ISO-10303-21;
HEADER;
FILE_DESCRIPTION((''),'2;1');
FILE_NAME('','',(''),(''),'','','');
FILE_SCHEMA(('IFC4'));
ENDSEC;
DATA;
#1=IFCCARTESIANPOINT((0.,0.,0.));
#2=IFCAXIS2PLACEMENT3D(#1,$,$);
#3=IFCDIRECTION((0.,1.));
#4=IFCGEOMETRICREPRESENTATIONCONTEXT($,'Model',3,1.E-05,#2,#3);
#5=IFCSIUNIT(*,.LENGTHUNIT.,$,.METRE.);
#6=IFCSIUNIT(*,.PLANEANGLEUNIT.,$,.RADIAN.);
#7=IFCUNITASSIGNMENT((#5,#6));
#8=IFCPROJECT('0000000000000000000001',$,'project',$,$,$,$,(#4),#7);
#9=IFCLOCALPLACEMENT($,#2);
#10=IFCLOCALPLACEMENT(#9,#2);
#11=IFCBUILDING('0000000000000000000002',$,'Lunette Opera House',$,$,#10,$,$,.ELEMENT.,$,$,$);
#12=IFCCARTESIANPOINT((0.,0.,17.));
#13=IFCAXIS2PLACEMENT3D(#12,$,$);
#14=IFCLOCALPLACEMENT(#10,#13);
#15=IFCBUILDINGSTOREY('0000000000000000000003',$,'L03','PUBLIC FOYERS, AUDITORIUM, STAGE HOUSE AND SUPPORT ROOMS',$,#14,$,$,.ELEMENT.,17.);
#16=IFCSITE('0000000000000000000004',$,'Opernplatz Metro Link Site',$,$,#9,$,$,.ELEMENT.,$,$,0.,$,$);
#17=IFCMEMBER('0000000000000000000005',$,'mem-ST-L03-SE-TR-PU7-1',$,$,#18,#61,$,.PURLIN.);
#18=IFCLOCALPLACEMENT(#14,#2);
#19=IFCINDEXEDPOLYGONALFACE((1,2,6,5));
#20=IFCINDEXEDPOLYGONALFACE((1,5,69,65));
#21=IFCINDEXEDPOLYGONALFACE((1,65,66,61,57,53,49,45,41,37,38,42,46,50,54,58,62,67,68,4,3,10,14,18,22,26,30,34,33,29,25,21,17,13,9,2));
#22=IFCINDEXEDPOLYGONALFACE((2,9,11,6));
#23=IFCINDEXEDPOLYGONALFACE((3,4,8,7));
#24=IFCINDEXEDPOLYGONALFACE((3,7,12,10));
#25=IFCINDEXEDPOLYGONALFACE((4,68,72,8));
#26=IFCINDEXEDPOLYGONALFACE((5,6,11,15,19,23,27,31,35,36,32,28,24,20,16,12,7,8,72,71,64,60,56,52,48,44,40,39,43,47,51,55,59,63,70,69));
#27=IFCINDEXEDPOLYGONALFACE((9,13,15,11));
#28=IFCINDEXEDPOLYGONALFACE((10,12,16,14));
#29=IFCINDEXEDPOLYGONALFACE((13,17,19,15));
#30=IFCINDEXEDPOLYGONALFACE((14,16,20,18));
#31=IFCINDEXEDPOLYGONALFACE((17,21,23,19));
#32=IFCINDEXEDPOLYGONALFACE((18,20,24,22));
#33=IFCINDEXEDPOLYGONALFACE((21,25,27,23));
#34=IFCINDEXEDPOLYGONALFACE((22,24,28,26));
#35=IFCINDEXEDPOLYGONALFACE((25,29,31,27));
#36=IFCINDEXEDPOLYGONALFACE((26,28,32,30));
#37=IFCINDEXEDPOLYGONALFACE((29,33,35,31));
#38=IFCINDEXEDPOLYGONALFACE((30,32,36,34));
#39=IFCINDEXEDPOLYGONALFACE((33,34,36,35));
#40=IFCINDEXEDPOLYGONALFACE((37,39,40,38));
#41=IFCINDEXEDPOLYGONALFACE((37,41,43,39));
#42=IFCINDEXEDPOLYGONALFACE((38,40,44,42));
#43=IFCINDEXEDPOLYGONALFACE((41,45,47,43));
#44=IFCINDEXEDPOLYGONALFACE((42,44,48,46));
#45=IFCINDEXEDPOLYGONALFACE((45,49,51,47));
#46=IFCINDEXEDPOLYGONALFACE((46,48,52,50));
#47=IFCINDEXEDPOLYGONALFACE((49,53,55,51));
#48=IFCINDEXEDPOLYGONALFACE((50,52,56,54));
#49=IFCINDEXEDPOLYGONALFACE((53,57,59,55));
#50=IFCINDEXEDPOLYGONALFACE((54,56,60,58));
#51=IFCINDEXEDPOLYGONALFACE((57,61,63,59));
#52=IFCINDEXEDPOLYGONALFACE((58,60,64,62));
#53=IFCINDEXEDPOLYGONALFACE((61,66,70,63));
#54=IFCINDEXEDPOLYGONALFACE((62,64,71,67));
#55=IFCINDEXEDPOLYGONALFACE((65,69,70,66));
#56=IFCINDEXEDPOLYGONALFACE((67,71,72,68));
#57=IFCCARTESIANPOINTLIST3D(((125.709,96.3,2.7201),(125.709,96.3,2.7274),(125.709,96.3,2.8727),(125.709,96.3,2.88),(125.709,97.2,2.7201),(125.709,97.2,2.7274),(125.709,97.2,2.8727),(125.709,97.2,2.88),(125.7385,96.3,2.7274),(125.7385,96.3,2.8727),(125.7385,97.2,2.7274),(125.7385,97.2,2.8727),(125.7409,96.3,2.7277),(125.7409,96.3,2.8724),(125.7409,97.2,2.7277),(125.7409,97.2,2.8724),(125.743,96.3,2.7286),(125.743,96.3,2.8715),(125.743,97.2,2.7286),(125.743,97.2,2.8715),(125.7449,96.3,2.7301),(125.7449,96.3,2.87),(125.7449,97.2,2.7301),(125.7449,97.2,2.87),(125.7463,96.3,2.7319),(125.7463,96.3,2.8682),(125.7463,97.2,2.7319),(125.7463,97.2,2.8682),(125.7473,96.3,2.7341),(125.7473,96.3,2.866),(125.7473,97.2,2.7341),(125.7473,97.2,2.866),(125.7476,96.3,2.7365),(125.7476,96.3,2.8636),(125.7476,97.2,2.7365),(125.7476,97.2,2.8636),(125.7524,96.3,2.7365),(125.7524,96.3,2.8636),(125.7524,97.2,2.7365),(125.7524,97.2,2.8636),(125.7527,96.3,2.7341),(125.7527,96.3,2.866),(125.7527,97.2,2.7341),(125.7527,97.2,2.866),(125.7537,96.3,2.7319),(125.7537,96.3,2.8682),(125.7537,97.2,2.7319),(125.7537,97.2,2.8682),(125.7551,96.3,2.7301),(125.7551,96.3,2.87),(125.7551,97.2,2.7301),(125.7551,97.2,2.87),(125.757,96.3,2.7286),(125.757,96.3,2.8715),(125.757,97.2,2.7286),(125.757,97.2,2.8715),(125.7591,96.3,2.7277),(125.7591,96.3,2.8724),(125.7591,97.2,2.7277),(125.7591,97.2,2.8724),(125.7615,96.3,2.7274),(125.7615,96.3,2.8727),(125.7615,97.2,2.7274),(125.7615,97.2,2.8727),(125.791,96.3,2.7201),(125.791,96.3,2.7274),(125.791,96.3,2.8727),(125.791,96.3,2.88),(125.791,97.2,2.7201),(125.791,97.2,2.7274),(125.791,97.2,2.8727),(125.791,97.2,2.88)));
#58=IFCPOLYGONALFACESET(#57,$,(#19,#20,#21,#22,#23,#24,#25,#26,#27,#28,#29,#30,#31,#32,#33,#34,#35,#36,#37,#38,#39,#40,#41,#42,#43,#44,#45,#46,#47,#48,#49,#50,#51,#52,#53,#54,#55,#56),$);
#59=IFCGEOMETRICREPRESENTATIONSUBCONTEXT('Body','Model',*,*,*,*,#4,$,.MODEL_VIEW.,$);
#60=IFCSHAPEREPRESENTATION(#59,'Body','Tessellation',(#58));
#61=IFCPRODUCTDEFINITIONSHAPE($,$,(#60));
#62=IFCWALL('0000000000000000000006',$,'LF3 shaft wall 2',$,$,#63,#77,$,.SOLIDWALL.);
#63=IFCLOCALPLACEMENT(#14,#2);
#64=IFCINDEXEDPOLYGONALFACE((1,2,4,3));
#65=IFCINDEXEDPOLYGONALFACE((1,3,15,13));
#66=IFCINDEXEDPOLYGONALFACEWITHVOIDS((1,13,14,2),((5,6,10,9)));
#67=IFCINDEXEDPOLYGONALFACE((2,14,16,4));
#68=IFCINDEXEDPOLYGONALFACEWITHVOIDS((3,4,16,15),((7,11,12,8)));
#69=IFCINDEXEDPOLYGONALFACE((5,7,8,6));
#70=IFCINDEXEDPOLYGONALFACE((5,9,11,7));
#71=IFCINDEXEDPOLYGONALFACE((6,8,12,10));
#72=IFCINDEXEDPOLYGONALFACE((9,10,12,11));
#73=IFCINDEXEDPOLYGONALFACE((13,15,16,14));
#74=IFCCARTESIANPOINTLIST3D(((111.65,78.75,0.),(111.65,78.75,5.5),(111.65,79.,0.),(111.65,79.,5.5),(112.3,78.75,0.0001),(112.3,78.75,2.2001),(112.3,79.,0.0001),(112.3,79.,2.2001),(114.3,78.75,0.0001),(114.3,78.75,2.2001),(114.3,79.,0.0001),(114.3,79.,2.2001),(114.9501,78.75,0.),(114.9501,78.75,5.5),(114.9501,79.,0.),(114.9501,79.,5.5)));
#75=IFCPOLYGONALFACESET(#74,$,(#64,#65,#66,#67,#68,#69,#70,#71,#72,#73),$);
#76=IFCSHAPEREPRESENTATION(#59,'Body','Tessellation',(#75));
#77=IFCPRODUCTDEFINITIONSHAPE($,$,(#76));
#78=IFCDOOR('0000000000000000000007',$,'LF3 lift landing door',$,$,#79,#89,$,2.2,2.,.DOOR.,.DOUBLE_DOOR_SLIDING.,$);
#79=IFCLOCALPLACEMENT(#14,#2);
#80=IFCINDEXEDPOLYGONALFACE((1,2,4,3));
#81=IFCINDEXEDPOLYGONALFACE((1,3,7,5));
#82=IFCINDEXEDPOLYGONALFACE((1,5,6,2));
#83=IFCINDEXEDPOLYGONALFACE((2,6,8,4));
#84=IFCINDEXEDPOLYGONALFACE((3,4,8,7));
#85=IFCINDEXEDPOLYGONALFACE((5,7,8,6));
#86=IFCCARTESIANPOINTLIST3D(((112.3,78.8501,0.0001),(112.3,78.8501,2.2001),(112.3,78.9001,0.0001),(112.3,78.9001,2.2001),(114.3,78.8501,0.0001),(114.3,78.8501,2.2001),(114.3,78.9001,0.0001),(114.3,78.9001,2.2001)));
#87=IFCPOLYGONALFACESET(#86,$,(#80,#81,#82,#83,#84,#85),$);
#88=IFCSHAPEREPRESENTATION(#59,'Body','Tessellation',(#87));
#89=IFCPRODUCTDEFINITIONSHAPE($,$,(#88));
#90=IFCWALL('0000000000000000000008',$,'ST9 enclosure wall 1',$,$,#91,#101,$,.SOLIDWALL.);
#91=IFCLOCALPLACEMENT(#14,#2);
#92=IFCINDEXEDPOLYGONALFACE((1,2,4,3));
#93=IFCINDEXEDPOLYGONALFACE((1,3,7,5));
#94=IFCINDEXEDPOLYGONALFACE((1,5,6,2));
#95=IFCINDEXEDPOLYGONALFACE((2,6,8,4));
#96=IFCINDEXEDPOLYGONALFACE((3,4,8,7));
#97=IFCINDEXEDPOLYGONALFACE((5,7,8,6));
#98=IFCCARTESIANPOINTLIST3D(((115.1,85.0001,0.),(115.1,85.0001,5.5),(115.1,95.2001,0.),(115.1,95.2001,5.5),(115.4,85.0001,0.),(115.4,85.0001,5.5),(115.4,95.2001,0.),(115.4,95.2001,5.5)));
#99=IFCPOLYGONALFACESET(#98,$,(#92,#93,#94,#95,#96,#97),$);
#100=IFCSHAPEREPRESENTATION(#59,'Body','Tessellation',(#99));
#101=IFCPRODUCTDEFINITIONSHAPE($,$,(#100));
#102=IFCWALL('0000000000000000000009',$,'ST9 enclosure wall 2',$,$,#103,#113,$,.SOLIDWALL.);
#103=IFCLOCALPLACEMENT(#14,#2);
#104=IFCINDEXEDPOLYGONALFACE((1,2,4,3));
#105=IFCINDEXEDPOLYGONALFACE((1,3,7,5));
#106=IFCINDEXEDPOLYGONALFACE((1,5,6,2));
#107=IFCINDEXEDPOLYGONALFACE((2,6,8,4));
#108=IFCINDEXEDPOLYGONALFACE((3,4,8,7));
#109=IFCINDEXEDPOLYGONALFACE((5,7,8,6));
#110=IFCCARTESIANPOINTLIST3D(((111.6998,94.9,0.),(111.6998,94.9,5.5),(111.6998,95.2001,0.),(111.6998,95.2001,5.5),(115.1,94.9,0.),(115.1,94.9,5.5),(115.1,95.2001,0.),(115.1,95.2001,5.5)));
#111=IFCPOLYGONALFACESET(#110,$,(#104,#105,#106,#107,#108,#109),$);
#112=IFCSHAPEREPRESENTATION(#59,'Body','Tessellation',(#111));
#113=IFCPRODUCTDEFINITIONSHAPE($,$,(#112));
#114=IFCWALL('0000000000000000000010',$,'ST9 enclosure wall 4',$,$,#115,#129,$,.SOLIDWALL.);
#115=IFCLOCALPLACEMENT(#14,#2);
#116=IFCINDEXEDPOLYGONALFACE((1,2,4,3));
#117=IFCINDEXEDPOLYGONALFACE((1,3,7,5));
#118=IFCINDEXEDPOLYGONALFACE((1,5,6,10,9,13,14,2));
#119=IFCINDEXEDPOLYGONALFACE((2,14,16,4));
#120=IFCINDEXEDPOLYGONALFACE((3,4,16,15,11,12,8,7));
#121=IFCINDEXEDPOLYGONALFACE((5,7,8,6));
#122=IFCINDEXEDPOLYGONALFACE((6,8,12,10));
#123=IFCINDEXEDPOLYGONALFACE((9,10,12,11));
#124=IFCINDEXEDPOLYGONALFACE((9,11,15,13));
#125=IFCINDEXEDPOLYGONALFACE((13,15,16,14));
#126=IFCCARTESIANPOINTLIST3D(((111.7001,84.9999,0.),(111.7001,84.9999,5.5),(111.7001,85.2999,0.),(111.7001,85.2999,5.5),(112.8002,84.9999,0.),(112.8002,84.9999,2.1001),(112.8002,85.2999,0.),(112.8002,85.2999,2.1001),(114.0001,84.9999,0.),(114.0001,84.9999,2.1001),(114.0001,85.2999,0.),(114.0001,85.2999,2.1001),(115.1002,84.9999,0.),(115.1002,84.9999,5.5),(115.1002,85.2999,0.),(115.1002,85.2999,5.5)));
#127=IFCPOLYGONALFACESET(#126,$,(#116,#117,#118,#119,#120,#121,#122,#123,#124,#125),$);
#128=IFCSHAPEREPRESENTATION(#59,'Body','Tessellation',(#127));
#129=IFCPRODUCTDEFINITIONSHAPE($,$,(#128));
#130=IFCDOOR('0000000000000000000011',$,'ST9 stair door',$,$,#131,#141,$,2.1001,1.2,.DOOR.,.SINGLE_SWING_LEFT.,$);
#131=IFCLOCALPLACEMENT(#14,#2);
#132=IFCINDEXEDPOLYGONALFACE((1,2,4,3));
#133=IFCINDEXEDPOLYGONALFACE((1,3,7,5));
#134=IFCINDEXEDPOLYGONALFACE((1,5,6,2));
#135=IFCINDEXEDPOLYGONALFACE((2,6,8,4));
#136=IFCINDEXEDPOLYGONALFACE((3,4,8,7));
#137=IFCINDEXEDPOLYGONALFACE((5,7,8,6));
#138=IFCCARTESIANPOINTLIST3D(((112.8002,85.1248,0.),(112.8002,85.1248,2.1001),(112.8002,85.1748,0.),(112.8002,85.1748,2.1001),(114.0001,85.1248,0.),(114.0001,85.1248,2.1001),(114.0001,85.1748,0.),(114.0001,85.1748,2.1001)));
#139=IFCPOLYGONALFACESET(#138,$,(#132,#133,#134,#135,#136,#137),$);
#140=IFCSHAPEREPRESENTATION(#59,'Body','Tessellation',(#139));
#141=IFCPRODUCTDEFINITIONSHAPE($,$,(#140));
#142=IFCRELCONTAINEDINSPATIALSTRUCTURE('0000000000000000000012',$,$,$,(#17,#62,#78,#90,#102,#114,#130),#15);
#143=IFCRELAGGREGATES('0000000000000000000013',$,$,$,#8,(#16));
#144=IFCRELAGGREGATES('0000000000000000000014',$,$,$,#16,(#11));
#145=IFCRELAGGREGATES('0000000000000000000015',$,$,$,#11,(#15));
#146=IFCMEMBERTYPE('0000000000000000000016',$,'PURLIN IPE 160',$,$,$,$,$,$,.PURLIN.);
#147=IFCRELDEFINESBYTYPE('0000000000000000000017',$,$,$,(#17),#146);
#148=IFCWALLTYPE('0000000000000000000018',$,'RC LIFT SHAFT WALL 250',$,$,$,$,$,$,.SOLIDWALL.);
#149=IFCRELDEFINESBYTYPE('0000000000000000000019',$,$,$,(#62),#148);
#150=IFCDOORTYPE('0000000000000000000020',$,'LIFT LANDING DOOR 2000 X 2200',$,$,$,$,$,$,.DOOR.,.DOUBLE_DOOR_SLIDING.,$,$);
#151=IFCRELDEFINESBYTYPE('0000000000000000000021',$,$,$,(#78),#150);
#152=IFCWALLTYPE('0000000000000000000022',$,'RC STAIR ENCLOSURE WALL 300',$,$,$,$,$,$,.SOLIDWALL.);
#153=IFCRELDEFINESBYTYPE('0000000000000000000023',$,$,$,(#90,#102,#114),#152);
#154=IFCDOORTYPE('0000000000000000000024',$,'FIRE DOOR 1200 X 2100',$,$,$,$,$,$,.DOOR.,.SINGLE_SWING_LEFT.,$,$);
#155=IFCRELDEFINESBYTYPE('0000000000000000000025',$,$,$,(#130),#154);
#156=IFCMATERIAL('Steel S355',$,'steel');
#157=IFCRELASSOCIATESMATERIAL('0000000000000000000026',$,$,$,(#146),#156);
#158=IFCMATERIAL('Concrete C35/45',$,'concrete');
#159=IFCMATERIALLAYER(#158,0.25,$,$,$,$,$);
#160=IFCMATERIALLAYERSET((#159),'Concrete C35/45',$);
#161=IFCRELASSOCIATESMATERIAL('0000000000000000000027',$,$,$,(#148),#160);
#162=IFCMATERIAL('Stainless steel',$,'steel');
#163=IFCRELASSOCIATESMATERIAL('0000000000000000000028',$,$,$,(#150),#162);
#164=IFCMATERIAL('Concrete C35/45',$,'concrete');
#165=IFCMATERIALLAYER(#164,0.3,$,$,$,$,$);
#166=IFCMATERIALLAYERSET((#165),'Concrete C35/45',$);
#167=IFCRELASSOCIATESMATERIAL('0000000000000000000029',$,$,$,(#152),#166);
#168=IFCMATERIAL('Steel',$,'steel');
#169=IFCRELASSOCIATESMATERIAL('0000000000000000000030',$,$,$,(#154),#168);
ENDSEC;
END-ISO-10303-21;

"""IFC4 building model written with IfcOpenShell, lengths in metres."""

from ifc_helpers import new_model, si_unit, direction, frame, frame_2d, origin, origin_2d, place, context, subcontext, project, spatial, rectangle, i_section, extrude, material, layer, layer_set, material_profile, profile_set, type_object, element, fill, save


model = new_model("IFC4")

# Units and contexts
model_context = context("Model", 3, precision=1e-05, world=origin(), true_north=direction((0.0, 1.0)))
body_context = subcontext(model_context, "Body", "Model", "MODEL_VIEW")
ifc_project = project(units=[si_unit("LENGTHUNIT", "METRE"), si_unit("PLANEANGLEUNIT", "RADIAN")], contexts=[model_context])

# Site, building, storey
site_placement = place(None, origin())
site = spatial("IfcSite", under=ifc_project, at=site_placement, Name="Opernplatz Metro Link Site", CompositionType="ELEMENT", RefElevation=0.0)
building_placement = place(site_placement, origin())
building = spatial("IfcBuilding", under=site, at=building_placement, Name="Lunette Opera House", CompositionType="ELEMENT")
storey_placement = place(building_placement, frame((0.0, 0.0, 17.0)))
storey = spatial("IfcBuildingStorey", under=building, at=storey_placement, Name="L03", Description="PUBLIC FOYERS, AUDITORIUM, STAGE HOUSE AND SUPPORT ROOMS", CompositionType="ELEMENT", Elevation=17.0)

# Member
ifc_material_1 = material(Name="Steel S355", Category="steel")
ifc_material_profile = material_profile(ifc_material_1, i_section(OverallWidth=0.082, OverallDepth=0.1599, WebThickness=0.0049, FlangeThickness=0.0073, FilletRadius=0.009, at=origin_2d()), Name="IPE 160")
ifc_profile_set = profile_set([ifc_material_profile], Name="Steel S355")
member_type = type_object("IfcMemberType", Name="PURLIN IPE 160", PredefinedType="PURLIN", material=ifc_profile_set)
for number, where, z_axis, x_axis, name in (
    (1, (125.75, 96.3, 2.8), (0.0, 1.0, 0.0), (-1.0, 0.0, 0.0), "mem-ST-L03-SE-TR-PU7-1"),
):
    element("IfcMember", number, at=place(storey_placement, frame(where, z_axis=z_axis, x_axis=x_axis)), inside=storey, type_object=member_type, Name=name, PredefinedType="PURLIN", context=body_context, shape_type="SweptSolid", body=[
        extrude(i_section(OverallWidth=0.082, OverallDepth=0.1599, WebThickness=0.0049, FlangeThickness=0.0073, FilletRadius=0.009, at=origin_2d()), origin(), (0.0, 0.0, 1.0), 0.8999),
    ])

# Wall, opening, door
ifc_material_2 = material(Name="Concrete C35/45", Category="concrete")
ifc_layer_1 = layer(ifc_material_2, 0.25)
ifc_layer_set_1 = layer_set([ifc_layer_1], Name="Concrete C35/45")
wall_type_1 = type_object("IfcWallType", Name="RC LIFT SHAFT WALL 250", PredefinedType="SOLIDWALL", material=ifc_layer_set_1)
wall_1_placement = place(storey_placement, frame((114.95, 78.875, 0.0), z_axis=(0.0, 0.0, 1.0), x_axis=(-1.0, 0.0, 0.0)))
wall_1 = element("IfcWall", 2, at=wall_1_placement, inside=storey, type_object=wall_type_1, Name="LF3 shaft wall 2", PredefinedType="SOLIDWALL", context=body_context, shape_type="SweptSolid", body=[
    extrude(rectangle(XDim=3.3, YDim=0.25, at=frame_2d((1.6499, 0.0))), origin(), (0.0, 0.0, 1.0), 5.5),
])
opening_1_placement = place(wall_1_placement, frame((0.6499, 0.0, 0.0)))
opening_1 = element("IfcOpeningElement", 3, at=opening_1_placement, cuts=wall_1, PredefinedType="OPENING", context=body_context, shape_type="SweptSolid", body=[
    extrude(rectangle(XDim=2.0, YDim=2.2, at=frame_2d((1.0, 1.1001))), frame((0.0, 0.137, 0.0), z_axis=(0.0, -1.0, 0.0), x_axis=(1.0, 0.0, 0.0)), (0.0, 0.0, 1.0), 0.2739),
])
ifc_material_3 = material(Name="Stainless steel", Category="steel")
door_type_1 = type_object("IfcDoorType", Name="LIFT LANDING DOOR 2000 X 2200", OperationType="DOUBLE_DOOR_SLIDING", PredefinedType="DOOR", material=ifc_material_3)
door_1_placement = place(opening_1_placement, origin())
door_1 = element("IfcDoor", 4, at=door_1_placement, inside=storey, type_object=door_type_1, Name="LF3 lift landing door", OperationType="DOUBLE_DOOR_SLIDING", OverallHeight=2.2, OverallWidth=2.0, PredefinedType="DOOR", context=body_context, shape_type="SweptSolid", body=[
    extrude(rectangle(XDim=2.0, YDim=2.2, at=frame_2d((1.0, 1.1001))), frame((0.0, 0.0249, 0.0), z_axis=(0.0, -1.0, 0.0), x_axis=(1.0, 0.0, 0.0)), (0.0, 0.0, 1.0), 0.05),
])
fill(opening_1, door_1)

# Walls
ifc_material_4 = material(Name="Concrete C35/45", Category="concrete")
ifc_layer_2 = layer(ifc_material_4, 0.3)
ifc_layer_set_2 = layer_set([ifc_layer_2], Name="Concrete C35/45")
wall_type_2 = type_object("IfcWallType", Name="RC STAIR ENCLOSURE WALL 300", PredefinedType="SOLIDWALL", material=ifc_layer_set_2)
wall_2_placement = place(storey_placement, frame((115.25, 85.0, 0.0), z_axis=(0.0, 0.0, 1.0), x_axis=(0.0, 1.0, 0.0)))
element("IfcWall", 5, at=wall_2_placement, inside=storey, type_object=wall_type_2, Name="ST9 enclosure wall 1", PredefinedType="SOLIDWALL", context=body_context, shape_type="SweptSolid", body=[
    extrude(rectangle(XDim=10.2, YDim=0.3, at=frame_2d((5.1001, 0.0))), origin(), (0.0, 0.0, 1.0), 5.5),
])
wall_3_placement = place(storey_placement, frame((115.1001, 95.05, 0.0), z_axis=(0.0, 0.0, 1.0), x_axis=(-1.0, 0.0, 0.0)))
element("IfcWall", 6, at=wall_3_placement, inside=storey, type_object=wall_type_2, Name="ST9 enclosure wall 2", PredefinedType="SOLIDWALL", context=body_context, shape_type="SweptSolid", body=[
    extrude(rectangle(XDim=3.4001, YDim=0.3, at=frame_2d((1.7002, 0.0))), origin(), (0.0, 0.0, 1.0), 5.5),
])

# Wall, opening, door
wall_4_placement = place(storey_placement, frame((111.7, 85.1499, 0.0), z_axis=(0.0, 0.0, 1.0), x_axis=(1.0, 0.0, 0.0)))
wall_4 = element("IfcWall", 7, at=wall_4_placement, inside=storey, type_object=wall_type_2, Name="ST9 enclosure wall 4", PredefinedType="SOLIDWALL", context=body_context, shape_type="SweptSolid", body=[
    extrude(rectangle(XDim=3.4001, YDim=0.3, at=frame_2d((1.7002, 0.0))), origin(), (0.0, 0.0, 1.0), 5.5),
])
opening_2_placement = place(wall_4_placement, frame((1.1001, 0.0, 0.0)))
opening_2 = element("IfcOpeningElement", 8, at=opening_2_placement, cuts=wall_4, PredefinedType="OPENING", context=body_context, shape_type="SweptSolid", body=[
    extrude(rectangle(XDim=1.2, YDim=2.1001, at=frame_2d((0.6001, 1.05))), frame((0.0, 0.1621, 0.0), z_axis=(0.0, -1.0, 0.0), x_axis=(1.0, 0.0, 0.0)), (0.0, 0.0, 1.0), 0.324),
])
ifc_material_5 = material(Name="Steel", Category="steel")
door_type_2 = type_object("IfcDoorType", Name="FIRE DOOR 1200 X 2100", OperationType="SINGLE_SWING_LEFT", PredefinedType="DOOR", material=ifc_material_5)
door_2_placement = place(opening_2_placement, origin())
door_2 = element("IfcDoor", 9, at=door_2_placement, inside=storey, type_object=door_type_2, Name="ST9 stair door", OperationType="SINGLE_SWING_LEFT", OverallHeight=2.1001, OverallWidth=1.2, PredefinedType="DOOR", context=body_context, shape_type="SweptSolid", body=[
    extrude(rectangle(XDim=1.2, YDim=2.1001, at=frame_2d((0.6001, 1.05))), frame((0.0, 0.0249, 0.0), z_axis=(0.0, -1.0, 0.0), x_axis=(1.0, 0.0, 0.0)), (0.0, 0.0, 1.0), 0.05),
])
fill(opening_2, door_2)

save(model, "model.ifc")
